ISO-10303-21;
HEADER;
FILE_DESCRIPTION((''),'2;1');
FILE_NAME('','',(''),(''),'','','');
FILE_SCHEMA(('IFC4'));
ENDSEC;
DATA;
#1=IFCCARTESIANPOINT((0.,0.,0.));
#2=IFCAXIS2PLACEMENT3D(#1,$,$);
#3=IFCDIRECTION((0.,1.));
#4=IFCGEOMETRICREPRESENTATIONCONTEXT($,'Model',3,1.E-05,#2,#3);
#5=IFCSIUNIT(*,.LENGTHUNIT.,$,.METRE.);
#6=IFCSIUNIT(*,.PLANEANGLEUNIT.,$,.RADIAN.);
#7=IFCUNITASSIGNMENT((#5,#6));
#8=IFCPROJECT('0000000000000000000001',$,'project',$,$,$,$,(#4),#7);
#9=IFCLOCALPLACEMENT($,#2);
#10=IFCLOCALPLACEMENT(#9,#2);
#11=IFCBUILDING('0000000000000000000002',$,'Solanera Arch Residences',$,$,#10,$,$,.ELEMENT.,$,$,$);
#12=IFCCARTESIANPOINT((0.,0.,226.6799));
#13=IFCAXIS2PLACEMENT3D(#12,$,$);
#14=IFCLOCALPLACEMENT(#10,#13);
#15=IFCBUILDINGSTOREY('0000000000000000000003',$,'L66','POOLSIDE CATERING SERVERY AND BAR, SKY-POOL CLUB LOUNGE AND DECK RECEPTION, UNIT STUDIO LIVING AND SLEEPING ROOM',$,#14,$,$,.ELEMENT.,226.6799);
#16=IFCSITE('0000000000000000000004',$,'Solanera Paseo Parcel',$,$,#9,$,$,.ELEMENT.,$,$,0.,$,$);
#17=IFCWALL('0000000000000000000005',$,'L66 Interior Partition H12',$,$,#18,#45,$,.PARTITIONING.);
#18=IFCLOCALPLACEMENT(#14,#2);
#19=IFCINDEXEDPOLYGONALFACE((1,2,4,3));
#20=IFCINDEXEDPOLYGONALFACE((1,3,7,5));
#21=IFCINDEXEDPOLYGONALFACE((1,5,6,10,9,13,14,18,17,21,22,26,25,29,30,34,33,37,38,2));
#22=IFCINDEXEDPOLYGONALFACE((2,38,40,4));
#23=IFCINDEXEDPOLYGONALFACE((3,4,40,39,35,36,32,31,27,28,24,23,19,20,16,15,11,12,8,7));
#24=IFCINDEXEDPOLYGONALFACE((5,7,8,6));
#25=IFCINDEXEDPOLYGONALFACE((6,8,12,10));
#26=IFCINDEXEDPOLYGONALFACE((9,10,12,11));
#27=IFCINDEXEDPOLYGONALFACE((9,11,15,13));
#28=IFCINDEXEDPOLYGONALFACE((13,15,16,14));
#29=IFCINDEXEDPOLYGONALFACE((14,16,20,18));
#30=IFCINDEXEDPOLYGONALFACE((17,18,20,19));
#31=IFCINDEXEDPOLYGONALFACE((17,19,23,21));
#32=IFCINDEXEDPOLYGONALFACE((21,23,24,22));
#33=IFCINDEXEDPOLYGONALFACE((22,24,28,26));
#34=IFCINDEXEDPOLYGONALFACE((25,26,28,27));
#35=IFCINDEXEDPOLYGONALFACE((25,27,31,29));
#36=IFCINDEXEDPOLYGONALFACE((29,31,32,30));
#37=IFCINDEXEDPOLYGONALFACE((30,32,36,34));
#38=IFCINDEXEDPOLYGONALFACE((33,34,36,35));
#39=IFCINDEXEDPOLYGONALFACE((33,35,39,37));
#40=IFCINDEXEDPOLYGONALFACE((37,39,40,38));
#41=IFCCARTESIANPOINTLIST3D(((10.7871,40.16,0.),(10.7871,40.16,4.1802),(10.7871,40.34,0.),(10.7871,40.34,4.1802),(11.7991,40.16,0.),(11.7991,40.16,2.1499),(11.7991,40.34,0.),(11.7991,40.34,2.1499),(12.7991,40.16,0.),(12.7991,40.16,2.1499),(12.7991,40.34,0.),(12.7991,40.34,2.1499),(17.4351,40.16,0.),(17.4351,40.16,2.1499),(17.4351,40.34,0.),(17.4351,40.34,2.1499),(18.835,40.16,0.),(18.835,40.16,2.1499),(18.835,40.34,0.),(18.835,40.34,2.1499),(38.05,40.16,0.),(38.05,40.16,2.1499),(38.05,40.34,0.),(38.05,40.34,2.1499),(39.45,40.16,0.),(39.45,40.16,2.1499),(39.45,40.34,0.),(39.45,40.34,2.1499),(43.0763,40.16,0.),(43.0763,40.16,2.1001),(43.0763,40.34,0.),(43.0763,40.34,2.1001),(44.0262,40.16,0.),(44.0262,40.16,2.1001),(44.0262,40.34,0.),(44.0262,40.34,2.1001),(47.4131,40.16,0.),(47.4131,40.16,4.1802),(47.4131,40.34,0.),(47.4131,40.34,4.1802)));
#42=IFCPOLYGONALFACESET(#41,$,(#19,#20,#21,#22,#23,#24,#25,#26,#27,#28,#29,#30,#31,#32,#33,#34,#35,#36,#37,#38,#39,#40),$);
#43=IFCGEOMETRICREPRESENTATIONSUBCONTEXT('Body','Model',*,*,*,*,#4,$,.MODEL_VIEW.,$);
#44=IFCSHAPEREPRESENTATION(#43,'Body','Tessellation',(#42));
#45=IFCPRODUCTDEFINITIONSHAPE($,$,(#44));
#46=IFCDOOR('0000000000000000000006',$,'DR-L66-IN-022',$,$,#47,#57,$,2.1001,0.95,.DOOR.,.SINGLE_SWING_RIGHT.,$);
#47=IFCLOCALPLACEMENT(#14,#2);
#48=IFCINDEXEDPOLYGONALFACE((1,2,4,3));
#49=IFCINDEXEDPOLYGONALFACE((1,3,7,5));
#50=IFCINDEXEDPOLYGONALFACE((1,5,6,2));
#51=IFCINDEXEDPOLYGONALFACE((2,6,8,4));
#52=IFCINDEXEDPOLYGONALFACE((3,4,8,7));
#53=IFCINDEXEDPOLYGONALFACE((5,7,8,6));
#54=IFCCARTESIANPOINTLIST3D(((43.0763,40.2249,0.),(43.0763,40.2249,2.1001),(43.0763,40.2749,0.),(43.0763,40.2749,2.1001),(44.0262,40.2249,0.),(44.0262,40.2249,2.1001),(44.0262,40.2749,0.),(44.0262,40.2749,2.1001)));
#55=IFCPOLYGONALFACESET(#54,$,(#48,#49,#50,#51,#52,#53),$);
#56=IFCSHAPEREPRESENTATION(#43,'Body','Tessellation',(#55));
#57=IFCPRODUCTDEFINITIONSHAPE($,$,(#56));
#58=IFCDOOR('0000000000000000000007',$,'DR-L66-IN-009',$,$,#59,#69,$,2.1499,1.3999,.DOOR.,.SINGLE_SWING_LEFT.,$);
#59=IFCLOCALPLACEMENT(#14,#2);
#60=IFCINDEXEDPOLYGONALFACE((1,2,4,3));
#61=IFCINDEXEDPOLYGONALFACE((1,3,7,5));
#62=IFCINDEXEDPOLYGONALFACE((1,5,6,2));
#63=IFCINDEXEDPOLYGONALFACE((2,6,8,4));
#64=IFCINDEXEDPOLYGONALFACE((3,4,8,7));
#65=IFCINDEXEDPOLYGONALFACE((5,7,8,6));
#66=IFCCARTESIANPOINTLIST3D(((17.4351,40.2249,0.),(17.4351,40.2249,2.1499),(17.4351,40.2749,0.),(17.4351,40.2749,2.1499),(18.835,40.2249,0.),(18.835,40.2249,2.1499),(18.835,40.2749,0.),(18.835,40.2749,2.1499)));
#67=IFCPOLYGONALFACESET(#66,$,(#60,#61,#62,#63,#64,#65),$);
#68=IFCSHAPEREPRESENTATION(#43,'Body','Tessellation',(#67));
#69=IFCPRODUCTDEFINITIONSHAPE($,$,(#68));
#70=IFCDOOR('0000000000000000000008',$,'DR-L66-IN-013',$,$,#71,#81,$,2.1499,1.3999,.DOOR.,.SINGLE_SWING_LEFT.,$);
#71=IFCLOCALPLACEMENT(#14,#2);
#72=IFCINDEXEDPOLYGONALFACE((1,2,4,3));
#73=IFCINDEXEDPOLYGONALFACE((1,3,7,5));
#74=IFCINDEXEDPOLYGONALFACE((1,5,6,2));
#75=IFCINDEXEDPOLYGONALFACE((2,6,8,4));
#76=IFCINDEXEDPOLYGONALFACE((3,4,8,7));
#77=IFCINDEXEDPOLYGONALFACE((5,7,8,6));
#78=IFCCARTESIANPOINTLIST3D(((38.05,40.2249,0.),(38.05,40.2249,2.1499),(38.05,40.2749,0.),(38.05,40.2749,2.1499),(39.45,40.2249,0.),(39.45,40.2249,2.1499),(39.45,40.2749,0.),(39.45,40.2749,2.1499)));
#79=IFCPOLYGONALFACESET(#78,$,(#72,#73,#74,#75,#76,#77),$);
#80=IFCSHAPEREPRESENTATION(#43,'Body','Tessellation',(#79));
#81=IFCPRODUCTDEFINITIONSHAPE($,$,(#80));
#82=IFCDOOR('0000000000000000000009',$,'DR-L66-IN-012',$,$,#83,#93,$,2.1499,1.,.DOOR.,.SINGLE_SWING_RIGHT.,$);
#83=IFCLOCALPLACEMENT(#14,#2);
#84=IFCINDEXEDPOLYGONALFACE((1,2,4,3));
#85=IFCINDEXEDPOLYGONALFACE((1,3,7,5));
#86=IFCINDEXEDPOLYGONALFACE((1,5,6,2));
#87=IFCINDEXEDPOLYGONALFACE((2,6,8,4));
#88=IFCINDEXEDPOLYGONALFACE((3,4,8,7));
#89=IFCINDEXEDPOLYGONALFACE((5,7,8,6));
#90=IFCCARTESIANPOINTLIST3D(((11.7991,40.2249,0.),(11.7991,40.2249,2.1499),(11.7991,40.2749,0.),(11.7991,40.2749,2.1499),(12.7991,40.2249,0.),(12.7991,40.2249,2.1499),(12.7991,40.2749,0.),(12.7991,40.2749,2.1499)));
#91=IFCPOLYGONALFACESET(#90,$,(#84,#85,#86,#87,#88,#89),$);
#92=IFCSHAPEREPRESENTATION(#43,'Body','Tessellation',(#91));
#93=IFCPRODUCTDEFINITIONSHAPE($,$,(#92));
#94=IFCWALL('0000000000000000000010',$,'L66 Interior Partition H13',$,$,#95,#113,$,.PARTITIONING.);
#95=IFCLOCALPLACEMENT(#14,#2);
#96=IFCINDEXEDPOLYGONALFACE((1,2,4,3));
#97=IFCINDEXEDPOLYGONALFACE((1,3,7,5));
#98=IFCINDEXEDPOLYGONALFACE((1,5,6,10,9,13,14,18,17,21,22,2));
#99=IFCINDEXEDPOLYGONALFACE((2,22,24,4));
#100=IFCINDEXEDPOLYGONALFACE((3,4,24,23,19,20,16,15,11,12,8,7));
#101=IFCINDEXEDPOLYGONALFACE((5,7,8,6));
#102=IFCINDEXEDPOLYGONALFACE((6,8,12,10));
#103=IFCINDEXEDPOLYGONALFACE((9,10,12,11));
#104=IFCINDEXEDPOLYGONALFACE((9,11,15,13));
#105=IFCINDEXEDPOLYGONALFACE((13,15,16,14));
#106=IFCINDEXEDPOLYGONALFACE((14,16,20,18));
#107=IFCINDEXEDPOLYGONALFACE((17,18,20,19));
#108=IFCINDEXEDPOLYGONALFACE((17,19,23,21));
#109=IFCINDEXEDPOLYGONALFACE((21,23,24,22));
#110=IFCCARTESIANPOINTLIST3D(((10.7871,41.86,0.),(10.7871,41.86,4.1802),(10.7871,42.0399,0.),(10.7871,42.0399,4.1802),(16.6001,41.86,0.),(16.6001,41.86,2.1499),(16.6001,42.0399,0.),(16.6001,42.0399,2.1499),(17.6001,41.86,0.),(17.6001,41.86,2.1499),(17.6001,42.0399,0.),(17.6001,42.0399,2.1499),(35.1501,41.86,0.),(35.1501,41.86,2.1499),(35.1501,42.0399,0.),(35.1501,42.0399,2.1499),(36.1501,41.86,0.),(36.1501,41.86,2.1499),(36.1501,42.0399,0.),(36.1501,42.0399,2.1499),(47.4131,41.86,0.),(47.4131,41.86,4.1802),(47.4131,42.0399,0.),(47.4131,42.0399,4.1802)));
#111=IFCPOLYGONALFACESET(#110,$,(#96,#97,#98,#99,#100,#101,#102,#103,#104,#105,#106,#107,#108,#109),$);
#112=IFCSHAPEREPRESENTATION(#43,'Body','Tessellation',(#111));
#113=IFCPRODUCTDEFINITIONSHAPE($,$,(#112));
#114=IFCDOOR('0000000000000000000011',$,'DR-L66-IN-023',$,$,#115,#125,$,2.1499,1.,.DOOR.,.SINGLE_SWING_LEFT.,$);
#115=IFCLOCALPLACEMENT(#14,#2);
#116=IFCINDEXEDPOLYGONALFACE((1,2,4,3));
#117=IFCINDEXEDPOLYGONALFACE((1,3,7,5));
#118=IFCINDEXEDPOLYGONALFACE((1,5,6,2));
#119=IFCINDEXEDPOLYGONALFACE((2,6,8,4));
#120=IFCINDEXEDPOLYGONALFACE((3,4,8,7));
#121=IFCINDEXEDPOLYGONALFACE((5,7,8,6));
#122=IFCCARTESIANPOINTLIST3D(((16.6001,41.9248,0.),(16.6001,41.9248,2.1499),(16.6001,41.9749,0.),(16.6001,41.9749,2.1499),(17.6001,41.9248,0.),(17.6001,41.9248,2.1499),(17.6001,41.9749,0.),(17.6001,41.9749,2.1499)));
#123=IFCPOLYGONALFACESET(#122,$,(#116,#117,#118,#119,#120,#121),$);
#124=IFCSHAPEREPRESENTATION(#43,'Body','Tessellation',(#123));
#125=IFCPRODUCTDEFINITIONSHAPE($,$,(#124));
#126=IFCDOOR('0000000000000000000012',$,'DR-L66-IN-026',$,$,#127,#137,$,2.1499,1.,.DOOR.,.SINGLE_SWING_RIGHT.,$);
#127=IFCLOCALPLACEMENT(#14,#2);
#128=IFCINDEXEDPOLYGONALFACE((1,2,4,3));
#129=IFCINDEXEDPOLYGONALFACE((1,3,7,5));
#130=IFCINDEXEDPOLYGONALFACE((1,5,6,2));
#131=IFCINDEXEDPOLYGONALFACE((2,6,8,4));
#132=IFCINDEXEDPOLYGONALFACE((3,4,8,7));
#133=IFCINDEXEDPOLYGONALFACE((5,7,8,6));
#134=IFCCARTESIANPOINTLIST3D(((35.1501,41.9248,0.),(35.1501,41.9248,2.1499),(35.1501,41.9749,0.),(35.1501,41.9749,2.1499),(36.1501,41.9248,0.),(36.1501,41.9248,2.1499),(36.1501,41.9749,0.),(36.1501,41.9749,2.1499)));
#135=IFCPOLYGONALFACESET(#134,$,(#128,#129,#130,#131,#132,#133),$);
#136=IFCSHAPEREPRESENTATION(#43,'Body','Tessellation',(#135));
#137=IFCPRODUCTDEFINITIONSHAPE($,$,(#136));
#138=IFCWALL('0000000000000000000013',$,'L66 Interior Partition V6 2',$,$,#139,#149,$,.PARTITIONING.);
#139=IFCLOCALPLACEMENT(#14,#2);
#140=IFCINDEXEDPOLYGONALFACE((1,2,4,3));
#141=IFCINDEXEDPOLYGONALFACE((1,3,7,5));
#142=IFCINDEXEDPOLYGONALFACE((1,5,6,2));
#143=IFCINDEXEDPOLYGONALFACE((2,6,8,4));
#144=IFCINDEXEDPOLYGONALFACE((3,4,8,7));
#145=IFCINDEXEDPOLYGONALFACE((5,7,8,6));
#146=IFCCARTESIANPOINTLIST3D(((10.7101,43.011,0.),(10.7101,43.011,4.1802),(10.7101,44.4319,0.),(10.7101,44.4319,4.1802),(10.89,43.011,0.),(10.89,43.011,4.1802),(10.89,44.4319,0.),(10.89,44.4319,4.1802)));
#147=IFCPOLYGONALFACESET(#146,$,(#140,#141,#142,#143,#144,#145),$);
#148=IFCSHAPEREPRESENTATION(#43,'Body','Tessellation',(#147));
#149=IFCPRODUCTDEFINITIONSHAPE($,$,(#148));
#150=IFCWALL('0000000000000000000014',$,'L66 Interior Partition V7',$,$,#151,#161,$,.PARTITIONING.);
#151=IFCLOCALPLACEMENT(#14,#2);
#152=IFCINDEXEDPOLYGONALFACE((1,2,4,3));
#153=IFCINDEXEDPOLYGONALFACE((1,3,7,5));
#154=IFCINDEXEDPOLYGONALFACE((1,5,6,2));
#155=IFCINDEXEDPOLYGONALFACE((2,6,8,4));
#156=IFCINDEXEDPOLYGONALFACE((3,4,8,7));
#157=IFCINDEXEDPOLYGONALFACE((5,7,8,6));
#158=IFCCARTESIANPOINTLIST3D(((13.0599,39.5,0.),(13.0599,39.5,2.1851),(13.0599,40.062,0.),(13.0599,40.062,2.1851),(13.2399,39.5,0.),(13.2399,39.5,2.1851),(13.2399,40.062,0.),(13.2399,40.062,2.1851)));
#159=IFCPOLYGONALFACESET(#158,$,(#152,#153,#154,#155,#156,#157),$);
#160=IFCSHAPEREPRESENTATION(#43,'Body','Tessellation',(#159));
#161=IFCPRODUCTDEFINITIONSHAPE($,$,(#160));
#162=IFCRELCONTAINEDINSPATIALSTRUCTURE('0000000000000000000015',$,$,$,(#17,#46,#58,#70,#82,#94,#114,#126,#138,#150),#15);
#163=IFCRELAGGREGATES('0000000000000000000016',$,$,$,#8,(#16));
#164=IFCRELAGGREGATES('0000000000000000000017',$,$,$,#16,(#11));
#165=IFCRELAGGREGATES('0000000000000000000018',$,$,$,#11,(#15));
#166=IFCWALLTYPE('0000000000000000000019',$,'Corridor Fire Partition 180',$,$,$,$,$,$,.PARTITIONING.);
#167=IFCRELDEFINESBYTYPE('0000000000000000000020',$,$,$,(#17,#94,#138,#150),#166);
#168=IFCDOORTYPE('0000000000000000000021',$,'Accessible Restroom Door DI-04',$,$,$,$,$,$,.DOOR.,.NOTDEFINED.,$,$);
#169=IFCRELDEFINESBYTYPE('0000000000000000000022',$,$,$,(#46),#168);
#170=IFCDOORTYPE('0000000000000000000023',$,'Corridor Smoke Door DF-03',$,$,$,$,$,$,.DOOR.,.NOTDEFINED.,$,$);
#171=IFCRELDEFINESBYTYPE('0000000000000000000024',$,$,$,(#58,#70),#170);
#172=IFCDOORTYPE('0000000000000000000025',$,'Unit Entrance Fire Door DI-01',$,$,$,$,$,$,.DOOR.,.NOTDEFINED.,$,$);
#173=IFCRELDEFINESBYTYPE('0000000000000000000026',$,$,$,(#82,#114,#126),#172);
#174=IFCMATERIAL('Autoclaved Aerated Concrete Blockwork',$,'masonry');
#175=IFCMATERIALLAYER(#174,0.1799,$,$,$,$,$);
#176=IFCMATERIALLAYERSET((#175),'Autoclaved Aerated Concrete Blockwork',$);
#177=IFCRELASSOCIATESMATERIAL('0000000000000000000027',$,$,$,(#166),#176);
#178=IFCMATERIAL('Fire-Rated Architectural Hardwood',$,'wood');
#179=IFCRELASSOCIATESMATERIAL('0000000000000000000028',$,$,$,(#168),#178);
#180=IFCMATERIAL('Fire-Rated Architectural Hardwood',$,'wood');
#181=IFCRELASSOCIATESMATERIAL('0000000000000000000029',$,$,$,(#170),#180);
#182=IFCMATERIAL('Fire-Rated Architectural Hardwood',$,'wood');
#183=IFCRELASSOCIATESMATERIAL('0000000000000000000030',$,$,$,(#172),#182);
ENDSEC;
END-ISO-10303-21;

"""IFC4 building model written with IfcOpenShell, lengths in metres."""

from ifc_helpers import new_model, si_unit, direction, frame, frame_2d, origin, place, context, subcontext, project, spatial, rectangle, extrude, material, layer, layer_set, type_object, element, fill, save


model = new_model("IFC4")

# Units and contexts
model_context = context("Model", 3, precision=1e-05, world=origin(), true_north=direction((0.0, 1.0)))
body_context = subcontext(model_context, "Body", "Model", "MODEL_VIEW")
ifc_project = project(units=[si_unit("LENGTHUNIT", "METRE"), si_unit("PLANEANGLEUNIT", "RADIAN")], contexts=[model_context])

# Site, building, storey
site_placement = place(None, origin())
site = spatial("IfcSite", under=ifc_project, at=site_placement, Name="Solanera Paseo Parcel", CompositionType="ELEMENT", RefElevation=0.0)
building_placement = place(site_placement, origin())
building = spatial("IfcBuilding", under=site, at=building_placement, Name="Solanera Arch Residences", CompositionType="ELEMENT")
storey_placement = place(building_placement, frame((0.0, 0.0, 226.6799)))
storey = spatial("IfcBuildingStorey", under=building, at=storey_placement, Name="L66", Description="POOLSIDE CATERING SERVERY AND BAR, SKY-POOL CLUB LOUNGE AND DECK RECEPTION, UNIT STUDIO LIVING AND SLEEPING ROOM", CompositionType="ELEMENT", Elevation=226.6799)

# Walls, openings, doors
ifc_material_1 = material(Name="Autoclaved Aerated Concrete Blockwork", Category="masonry")
ifc_layer_1 = layer(ifc_material_1, 0.1799)
ifc_layer_set_1 = layer_set([ifc_layer_1], Name="Autoclaved Aerated Concrete Blockwork")
wall_type_1 = type_object("IfcWallType", Name="Corridor Fire Partition 180", PredefinedType="PARTITIONING", material=ifc_layer_set_1)
wall_1_placement = place(storey_placement, frame((10.7871, 40.25, 0.0), z_axis=(0.0, 0.0, 1.0), x_axis=(1.0, 0.0, 0.0)))
wall_1 = element("IfcWall", 1, at=wall_1_placement, inside=storey, type_object=wall_type_1, Name="L66 Interior Partition H12", PredefinedType="PARTITIONING", context=body_context, shape_type="SweptSolid", body=[
    extrude(rectangle(XDim=36.626, YDim=0.1799, at=frame_2d((18.313, 0.0))), origin(), (0.0, 0.0, 1.0), 4.1802),
])
opening_1_placement = place(wall_1_placement, frame((6.6479, 0.0, 0.0)))
opening_1 = element("IfcOpeningElement", 2, at=opening_1_placement, cuts=wall_1, PredefinedType="OPENING", context=body_context, shape_type="SweptSolid", body=[
    extrude(rectangle(XDim=1.3999, YDim=2.1499, at=frame_2d((0.7, 1.075))), frame((0.0, 0.1001, 0.0), z_axis=(0.0, -1.0, 0.0), x_axis=(1.0, 0.0, 0.0)), (0.0, 0.0, 1.0), 0.1999),
])
opening_2_placement = place(wall_1_placement, frame((1.012, 0.0, 0.0)))
opening_2 = element("IfcOpeningElement", 3, at=opening_2_placement, cuts=wall_1, PredefinedType="OPENING", context=body_context, shape_type="SweptSolid", body=[
    extrude(rectangle(XDim=1.0, YDim=2.1499, at=frame_2d((0.5, 1.075))), frame((0.0, 0.1001, 0.0), z_axis=(0.0, -1.0, 0.0), x_axis=(1.0, 0.0, 0.0)), (0.0, 0.0, 1.0), 0.1999),
])
opening_3_placement = place(wall_1_placement, frame((27.2629, 0.0, 0.0)))
opening_3 = element("IfcOpeningElement", 4, at=opening_3_placement, cuts=wall_1, PredefinedType="OPENING", context=body_context, shape_type="SweptSolid", body=[
    extrude(rectangle(XDim=1.3999, YDim=2.1499, at=frame_2d((0.7, 1.075))), frame((0.0, 0.1001, 0.0), z_axis=(0.0, -1.0, 0.0), x_axis=(1.0, 0.0, 0.0)), (0.0, 0.0, 1.0), 0.1999),
])
opening_4_placement = place(wall_1_placement, frame((32.2891, 0.0, 0.0)))
opening_4 = element("IfcOpeningElement", 5, at=opening_4_placement, cuts=wall_1, PredefinedType="OPENING", context=body_context, shape_type="SweptSolid", body=[
    extrude(rectangle(XDim=0.95, YDim=2.1001, at=frame_2d((0.4751, 1.05))), frame((0.0, 0.1001, 0.0), z_axis=(0.0, -1.0, 0.0), x_axis=(1.0, 0.0, 0.0)), (0.0, 0.0, 1.0), 0.1999),
])
ifc_material_2 = material(Name="Fire-Rated Architectural Hardwood", Category="wood")
door_type_1 = type_object("IfcDoorType", Name="Accessible Restroom Door DI-04", OperationType="NOTDEFINED", PredefinedType="DOOR", material=ifc_material_2)
door_1_placement = place(opening_4_placement, origin())
door_1 = element("IfcDoor", 6, at=door_1_placement, inside=storey, type_object=door_type_1, Name="DR-L66-IN-022", OperationType="SINGLE_SWING_RIGHT", OverallHeight=2.1001, OverallWidth=0.95, PredefinedType="DOOR", context=body_context, shape_type="SweptSolid", body=[
    extrude(rectangle(XDim=0.95, YDim=2.1001, at=frame_2d((0.4751, 1.05))), frame((0.0, 0.0249, 0.0), z_axis=(0.0, -1.0, 0.0), x_axis=(1.0, 0.0, 0.0)), (0.0, 0.0, 1.0), 0.05),
])
fill(opening_4, door_1)
ifc_material_3 = material(Name="Fire-Rated Architectural Hardwood", Category="wood")
door_type_2 = type_object("IfcDoorType", Name="Corridor Smoke Door DF-03", OperationType="NOTDEFINED", PredefinedType="DOOR", material=ifc_material_3)
door_2_placement = place(opening_1_placement, origin())
door_2 = element("IfcDoor", 7, at=door_2_placement, inside=storey, type_object=door_type_2, Name="DR-L66-IN-009", OperationType="SINGLE_SWING_LEFT", OverallHeight=2.1499, OverallWidth=1.3999, PredefinedType="DOOR", context=body_context, shape_type="SweptSolid", body=[
    extrude(rectangle(XDim=1.3999, YDim=2.1499, at=frame_2d((0.7, 1.075))), frame((0.0, 0.0249, 0.0), z_axis=(0.0, -1.0, 0.0), x_axis=(1.0, 0.0, 0.0)), (0.0, 0.0, 1.0), 0.05),
])
fill(opening_1, door_2)
door_3_placement = place(opening_3_placement, origin())
door_3 = element("IfcDoor", 8, at=door_3_placement, inside=storey, type_object=door_type_2, Name="DR-L66-IN-013", OperationType="SINGLE_SWING_LEFT", OverallHeight=2.1499, OverallWidth=1.3999, PredefinedType="DOOR", context=body_context, shape_type="SweptSolid", body=[
    extrude(rectangle(XDim=1.3999, YDim=2.1499, at=frame_2d((0.7, 1.075))), frame((0.0, 0.0249, 0.0), z_axis=(0.0, -1.0, 0.0), x_axis=(1.0, 0.0, 0.0)), (0.0, 0.0, 1.0), 0.05),
])
fill(opening_3, door_3)
ifc_material_4 = material(Name="Fire-Rated Architectural Hardwood", Category="wood")
door_type_3 = type_object("IfcDoorType", Name="Unit Entrance Fire Door DI-01", OperationType="NOTDEFINED", PredefinedType="DOOR", material=ifc_material_4)
door_4_placement = place(opening_2_placement, origin())
door_4 = element("IfcDoor", 9, at=door_4_placement, inside=storey, type_object=door_type_3, Name="DR-L66-IN-012", OperationType="SINGLE_SWING_RIGHT", OverallHeight=2.1499, OverallWidth=1.0, PredefinedType="DOOR", context=body_context, shape_type="SweptSolid", body=[
    extrude(rectangle(XDim=1.0, YDim=2.1499, at=frame_2d((0.5, 1.075))), frame((0.0, 0.0249, 0.0), z_axis=(0.0, -1.0, 0.0), x_axis=(1.0, 0.0, 0.0)), (0.0, 0.0, 1.0), 0.05),
])
fill(opening_2, door_4)
wall_2_placement = place(storey_placement, frame((10.7871, 41.95, 0.0), z_axis=(0.0, 0.0, 1.0), x_axis=(1.0, 0.0, 0.0)))
wall_2 = element("IfcWall", 10, at=wall_2_placement, inside=storey, type_object=wall_type_1, Name="L66 Interior Partition H13", PredefinedType="PARTITIONING", context=body_context, shape_type="SweptSolid", body=[
    extrude(rectangle(XDim=36.626, YDim=0.1799, at=frame_2d((18.313, 0.0))), origin(), (0.0, 0.0, 1.0), 4.1802),
])
opening_5_placement = place(wall_2_placement, frame((5.813, 0.0, 0.0)))
opening_5 = element("IfcOpeningElement", 11, at=opening_5_placement, cuts=wall_2, PredefinedType="OPENING", context=body_context, shape_type="SweptSolid", body=[
    extrude(rectangle(XDim=1.0, YDim=2.1499, at=frame_2d((0.5, 1.075))), frame((0.0, 0.1001, 0.0), z_axis=(0.0, -1.0, 0.0), x_axis=(1.0, 0.0, 0.0)), (0.0, 0.0, 1.0), 0.1999),
])
opening_6_placement = place(wall_2_placement, frame((24.363, 0.0, 0.0)))
opening_6 = element("IfcOpeningElement", 12, at=opening_6_placement, cuts=wall_2, PredefinedType="OPENING", context=body_context, shape_type="SweptSolid", body=[
    extrude(rectangle(XDim=1.0, YDim=2.1499, at=frame_2d((0.5, 1.075))), frame((0.0, 0.1001, 0.0), z_axis=(0.0, -1.0, 0.0), x_axis=(1.0, 0.0, 0.0)), (0.0, 0.0, 1.0), 0.1999),
])
door_5_placement = place(opening_5_placement, origin())
door_5 = element("IfcDoor", 13, at=door_5_placement, inside=storey, type_object=door_type_3, Name="DR-L66-IN-023", OperationType="SINGLE_SWING_LEFT", OverallHeight=2.1499, OverallWidth=1.0, PredefinedType="DOOR", context=body_context, shape_type="SweptSolid", body=[
    extrude(rectangle(XDim=1.0, YDim=2.1499, at=frame_2d((0.5, 1.075))), frame((0.0, 0.0249, 0.0), z_axis=(0.0, -1.0, 0.0), x_axis=(1.0, 0.0, 0.0)), (0.0, 0.0, 1.0), 0.05),
])
fill(opening_5, door_5)
door_6_placement = place(opening_6_placement, origin())
door_6 = element("IfcDoor", 14, at=door_6_placement, inside=storey, type_object=door_type_3, Name="DR-L66-IN-026", OperationType="SINGLE_SWING_RIGHT", OverallHeight=2.1499, OverallWidth=1.0, PredefinedType="DOOR", context=body_context, shape_type="SweptSolid", body=[
    extrude(rectangle(XDim=1.0, YDim=2.1499, at=frame_2d((0.5, 1.075))), frame((0.0, 0.0249, 0.0), z_axis=(0.0, -1.0, 0.0), x_axis=(1.0, 0.0, 0.0)), (0.0, 0.0, 1.0), 0.05),
])
fill(opening_6, door_6)

# Walls
wall_3_placement = place(storey_placement, frame((10.8, 43.011, 0.0), z_axis=(0.0, 0.0, 1.0), x_axis=(0.0, 1.0, 0.0)))
element("IfcWall", 15, at=wall_3_placement, inside=storey, type_object=wall_type_1, Name="L66 Interior Partition V6 2", PredefinedType="PARTITIONING", context=body_context, shape_type="SweptSolid", body=[
    extrude(rectangle(XDim=1.4209, YDim=0.1799, at=frame_2d((0.7104, 0.0))), origin(), (0.0, 0.0, 1.0), 4.1802),
])
wall_4_placement = place(storey_placement, frame((13.1499, 39.5, 0.0), z_axis=(0.0, 0.0, 1.0), x_axis=(0.0, 1.0, 0.0)))
element("IfcWall", 16, at=wall_4_placement, inside=storey, type_object=wall_type_1, Name="L66 Interior Partition V7", PredefinedType="PARTITIONING", context=body_context, shape_type="SweptSolid", body=[
    extrude(rectangle(XDim=0.562, YDim=0.1799, at=frame_2d((0.281, 0.0))), origin(), (0.0, 0.0, 1.0), 2.1851),
])

save(model, "model.ifc")
